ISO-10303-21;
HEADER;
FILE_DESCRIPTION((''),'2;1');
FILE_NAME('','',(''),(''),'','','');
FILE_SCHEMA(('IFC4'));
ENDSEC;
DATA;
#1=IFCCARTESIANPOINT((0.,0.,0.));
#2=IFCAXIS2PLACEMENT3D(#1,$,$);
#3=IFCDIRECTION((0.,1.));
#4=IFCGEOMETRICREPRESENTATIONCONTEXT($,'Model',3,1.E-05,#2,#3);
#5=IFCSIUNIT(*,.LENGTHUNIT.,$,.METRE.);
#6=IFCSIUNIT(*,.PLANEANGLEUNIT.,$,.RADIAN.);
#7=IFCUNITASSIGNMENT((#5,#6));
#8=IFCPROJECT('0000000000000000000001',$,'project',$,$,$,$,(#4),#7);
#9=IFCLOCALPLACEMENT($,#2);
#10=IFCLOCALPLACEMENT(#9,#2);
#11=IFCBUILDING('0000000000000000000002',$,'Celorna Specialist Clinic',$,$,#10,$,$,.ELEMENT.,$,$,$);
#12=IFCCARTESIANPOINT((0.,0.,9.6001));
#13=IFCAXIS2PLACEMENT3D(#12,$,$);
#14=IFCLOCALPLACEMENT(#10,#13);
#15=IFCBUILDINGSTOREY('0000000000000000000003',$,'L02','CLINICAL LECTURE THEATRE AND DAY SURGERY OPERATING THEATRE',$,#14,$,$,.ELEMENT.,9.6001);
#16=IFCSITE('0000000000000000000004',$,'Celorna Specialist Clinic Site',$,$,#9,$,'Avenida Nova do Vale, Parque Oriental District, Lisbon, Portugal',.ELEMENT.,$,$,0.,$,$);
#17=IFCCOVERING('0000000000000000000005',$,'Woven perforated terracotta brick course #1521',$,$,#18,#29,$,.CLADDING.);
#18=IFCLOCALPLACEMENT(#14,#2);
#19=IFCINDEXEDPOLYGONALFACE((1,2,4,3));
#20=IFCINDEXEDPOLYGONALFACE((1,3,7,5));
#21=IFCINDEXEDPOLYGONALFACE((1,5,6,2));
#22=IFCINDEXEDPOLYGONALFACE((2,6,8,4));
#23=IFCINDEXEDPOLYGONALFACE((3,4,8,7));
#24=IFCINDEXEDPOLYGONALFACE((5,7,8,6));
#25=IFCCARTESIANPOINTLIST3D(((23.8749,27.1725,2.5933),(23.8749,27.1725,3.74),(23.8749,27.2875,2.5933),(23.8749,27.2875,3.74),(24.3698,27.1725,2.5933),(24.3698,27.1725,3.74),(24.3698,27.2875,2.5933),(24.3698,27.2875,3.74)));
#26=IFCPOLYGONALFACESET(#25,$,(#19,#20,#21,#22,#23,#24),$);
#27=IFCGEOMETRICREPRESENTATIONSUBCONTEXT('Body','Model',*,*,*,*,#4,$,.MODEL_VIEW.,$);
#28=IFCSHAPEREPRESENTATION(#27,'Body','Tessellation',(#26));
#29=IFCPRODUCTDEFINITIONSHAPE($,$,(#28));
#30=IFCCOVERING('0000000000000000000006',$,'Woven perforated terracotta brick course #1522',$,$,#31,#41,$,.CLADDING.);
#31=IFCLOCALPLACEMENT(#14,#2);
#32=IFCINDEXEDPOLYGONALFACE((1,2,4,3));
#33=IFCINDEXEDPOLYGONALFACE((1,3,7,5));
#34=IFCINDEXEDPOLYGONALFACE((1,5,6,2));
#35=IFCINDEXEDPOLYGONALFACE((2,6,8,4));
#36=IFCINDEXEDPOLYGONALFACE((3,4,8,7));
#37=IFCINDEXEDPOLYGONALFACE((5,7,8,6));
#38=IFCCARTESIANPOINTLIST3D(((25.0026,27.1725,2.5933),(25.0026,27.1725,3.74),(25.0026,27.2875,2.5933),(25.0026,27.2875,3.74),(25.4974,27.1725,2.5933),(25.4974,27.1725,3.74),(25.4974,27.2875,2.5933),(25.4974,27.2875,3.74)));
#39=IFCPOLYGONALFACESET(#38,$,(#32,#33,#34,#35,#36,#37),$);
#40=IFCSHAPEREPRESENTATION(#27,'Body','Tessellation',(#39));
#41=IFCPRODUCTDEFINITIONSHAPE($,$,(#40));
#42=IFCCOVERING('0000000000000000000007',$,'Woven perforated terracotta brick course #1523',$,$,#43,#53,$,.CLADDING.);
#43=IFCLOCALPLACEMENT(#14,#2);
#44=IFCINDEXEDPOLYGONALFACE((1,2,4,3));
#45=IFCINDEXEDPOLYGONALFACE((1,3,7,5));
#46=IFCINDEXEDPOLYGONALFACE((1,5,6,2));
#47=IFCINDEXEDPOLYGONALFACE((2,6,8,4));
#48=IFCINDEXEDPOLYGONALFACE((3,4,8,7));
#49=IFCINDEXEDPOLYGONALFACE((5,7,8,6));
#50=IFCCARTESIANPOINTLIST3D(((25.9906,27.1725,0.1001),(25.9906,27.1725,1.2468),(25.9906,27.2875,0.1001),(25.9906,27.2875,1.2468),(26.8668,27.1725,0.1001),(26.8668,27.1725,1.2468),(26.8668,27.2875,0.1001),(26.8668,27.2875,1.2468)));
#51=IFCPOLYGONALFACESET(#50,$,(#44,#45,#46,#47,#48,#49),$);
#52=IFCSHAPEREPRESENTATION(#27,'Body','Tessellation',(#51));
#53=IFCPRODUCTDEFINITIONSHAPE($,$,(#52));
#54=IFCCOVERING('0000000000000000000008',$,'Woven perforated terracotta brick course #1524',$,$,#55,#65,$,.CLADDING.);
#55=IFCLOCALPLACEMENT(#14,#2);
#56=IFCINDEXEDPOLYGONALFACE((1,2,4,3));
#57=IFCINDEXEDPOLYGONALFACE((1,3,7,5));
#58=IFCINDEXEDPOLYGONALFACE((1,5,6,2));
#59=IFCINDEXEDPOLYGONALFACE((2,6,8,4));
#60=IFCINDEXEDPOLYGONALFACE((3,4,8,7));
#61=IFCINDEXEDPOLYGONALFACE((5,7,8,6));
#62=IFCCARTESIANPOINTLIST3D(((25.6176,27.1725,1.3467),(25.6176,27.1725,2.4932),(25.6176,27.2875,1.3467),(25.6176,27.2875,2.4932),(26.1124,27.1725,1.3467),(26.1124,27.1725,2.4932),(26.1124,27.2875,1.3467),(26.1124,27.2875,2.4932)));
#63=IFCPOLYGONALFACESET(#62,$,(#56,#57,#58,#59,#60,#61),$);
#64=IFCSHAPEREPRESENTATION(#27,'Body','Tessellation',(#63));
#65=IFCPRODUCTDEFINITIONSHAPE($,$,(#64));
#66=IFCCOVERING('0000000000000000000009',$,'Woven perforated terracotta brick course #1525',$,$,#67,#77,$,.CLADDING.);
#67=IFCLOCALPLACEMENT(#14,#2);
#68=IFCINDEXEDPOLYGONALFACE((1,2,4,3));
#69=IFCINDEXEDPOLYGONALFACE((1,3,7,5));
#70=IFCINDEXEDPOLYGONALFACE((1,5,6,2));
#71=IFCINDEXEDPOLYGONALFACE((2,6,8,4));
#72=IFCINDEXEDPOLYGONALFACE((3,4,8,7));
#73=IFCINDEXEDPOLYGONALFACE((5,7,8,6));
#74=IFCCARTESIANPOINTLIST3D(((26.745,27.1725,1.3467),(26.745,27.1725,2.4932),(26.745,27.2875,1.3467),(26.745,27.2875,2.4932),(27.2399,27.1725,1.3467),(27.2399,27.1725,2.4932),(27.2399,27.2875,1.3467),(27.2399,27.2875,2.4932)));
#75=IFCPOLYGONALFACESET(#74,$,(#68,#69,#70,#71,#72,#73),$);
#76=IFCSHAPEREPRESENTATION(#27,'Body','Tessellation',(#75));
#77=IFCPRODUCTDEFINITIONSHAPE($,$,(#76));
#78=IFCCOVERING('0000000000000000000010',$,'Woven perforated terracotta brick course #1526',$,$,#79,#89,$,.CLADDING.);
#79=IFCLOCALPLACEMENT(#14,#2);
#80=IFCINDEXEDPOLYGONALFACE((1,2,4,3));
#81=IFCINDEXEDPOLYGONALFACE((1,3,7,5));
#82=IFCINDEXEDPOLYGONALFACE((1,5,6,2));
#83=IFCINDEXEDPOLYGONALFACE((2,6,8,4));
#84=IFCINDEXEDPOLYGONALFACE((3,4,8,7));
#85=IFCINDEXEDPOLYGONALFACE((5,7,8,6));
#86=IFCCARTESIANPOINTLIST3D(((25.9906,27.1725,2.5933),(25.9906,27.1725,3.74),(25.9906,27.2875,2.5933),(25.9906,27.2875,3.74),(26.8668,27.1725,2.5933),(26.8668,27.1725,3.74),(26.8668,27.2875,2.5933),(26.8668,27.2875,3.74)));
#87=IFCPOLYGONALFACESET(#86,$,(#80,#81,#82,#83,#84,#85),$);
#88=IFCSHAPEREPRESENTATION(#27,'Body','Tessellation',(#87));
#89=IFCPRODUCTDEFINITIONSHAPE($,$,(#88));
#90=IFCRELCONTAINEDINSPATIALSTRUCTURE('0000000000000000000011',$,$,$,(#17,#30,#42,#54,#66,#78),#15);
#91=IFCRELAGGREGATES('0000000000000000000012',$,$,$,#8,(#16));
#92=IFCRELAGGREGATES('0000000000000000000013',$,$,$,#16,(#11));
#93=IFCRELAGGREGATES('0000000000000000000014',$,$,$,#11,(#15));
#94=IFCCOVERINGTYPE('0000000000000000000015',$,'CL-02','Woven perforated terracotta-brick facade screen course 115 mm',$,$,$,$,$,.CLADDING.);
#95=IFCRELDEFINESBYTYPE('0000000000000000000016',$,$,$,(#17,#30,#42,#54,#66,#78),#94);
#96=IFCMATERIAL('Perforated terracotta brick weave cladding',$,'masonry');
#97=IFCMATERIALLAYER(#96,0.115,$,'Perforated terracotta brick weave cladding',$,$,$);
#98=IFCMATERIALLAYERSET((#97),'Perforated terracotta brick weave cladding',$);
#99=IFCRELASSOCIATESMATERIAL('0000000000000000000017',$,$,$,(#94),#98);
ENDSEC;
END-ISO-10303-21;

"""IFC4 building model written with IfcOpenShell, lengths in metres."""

from ifc_helpers import new_model, si_unit, direction, frame, origin, origin_2d, place, context, subcontext, project, spatial, rectangle, extrude, material, layer, layer_set, type_object, element, save


model = new_model("IFC4")

# Units and contexts
model_context = context("Model", 3, precision=1e-05, world=origin(), true_north=direction((0.0, 1.0)))
body_context = subcontext(model_context, "Body", "Model", "MODEL_VIEW")
ifc_project = project(units=[si_unit("LENGTHUNIT", "METRE"), si_unit("PLANEANGLEUNIT", "RADIAN")], contexts=[model_context])

# Site, building, storey
site_placement = place(None, origin())
site = spatial("IfcSite", under=ifc_project, at=site_placement, Name="Celorna Specialist Clinic Site", LongName="Avenida Nova do Vale, Parque Oriental District, Lisbon, Portugal", CompositionType="ELEMENT", RefElevation=0.0)
building_placement = place(site_placement, origin())
building = spatial("IfcBuilding", under=site, at=building_placement, Name="Celorna Specialist Clinic", CompositionType="ELEMENT")
storey_placement = place(building_placement, frame((0.0, 0.0, 9.6001)))
storey = spatial("IfcBuildingStorey", under=building, at=storey_placement, Name="L02", Description="CLINICAL LECTURE THEATRE AND DAY SURGERY OPERATING THEATRE", CompositionType="ELEMENT", Elevation=9.6001)

# Coverings
ifc_material_1 = material(Name="Perforated terracotta brick weave cladding", Category="masonry")
ifc_layer_1 = layer(ifc_material_1, 0.115, Name="Perforated terracotta brick weave cladding")
ifc_layer_set_1 = layer_set([ifc_layer_1], Name="Perforated terracotta brick weave cladding")
covering_type = type_object("IfcCoveringType", Name="CL-02", Description="Woven perforated terracotta-brick facade screen course 115 mm", PredefinedType="CLADDING", material=ifc_layer_set_1)
for number, where, z_axis, x_axis, name in (
    (1, (24.1223, 27.23, 2.5933), (0.0, 0.0, 1.0), (1.0, 0.0, 0.0), "Woven perforated terracotta brick course #1521"),
    (2, (25.25, 27.23, 2.5933), (0.0, 0.0, 1.0), (1.0, 0.0, 0.0), "Woven perforated terracotta brick course #1522"),
):
    element("IfcCovering", number, at=place(storey_placement, frame(where, z_axis=z_axis, x_axis=x_axis)), inside=storey, type_object=covering_type, Name=name, PredefinedType="CLADDING", context=body_context, shape_type="SweptSolid", body=[
        extrude(rectangle(XDim=0.4949, YDim=0.115, at=origin_2d()), origin(), (0.0, 0.0, 1.0), 1.1467),
    ])
covering_1_placement = place(storey_placement, frame((26.4287, 27.23, 0.1001), z_axis=(0.0, 0.0, 1.0), x_axis=(1.0, 0.0, 0.0)))
element("IfcCovering", 3, at=covering_1_placement, inside=storey, type_object=covering_type, Name="Woven perforated terracotta brick course #1523", PredefinedType="CLADDING", context=body_context, shape_type="SweptSolid", body=[
    extrude(rectangle(XDim=0.8762, YDim=0.115, at=origin_2d()), origin(), (0.0, 0.0, 1.0), 1.1467),
])
for number, where, z_axis, x_axis, name in (
    (4, (25.865, 27.23, 1.3467), (0.0, 0.0, 1.0), (1.0, 0.0, 0.0), "Woven perforated terracotta brick course #1524"),
    (5, (26.9924, 27.23, 1.3467), (0.0, 0.0, 1.0), (1.0, 0.0, 0.0), "Woven perforated terracotta brick course #1525"),
):
    element("IfcCovering", number, at=place(storey_placement, frame(where, z_axis=z_axis, x_axis=x_axis)), inside=storey, type_object=covering_type, Name=name, PredefinedType="CLADDING", context=body_context, shape_type="SweptSolid", body=[
        extrude(rectangle(XDim=0.4949, YDim=0.115, at=origin_2d()), origin(), (0.0, 0.0, 1.0), 1.1465),
    ])
covering_2_placement = place(storey_placement, frame((26.4287, 27.23, 2.5933), z_axis=(0.0, 0.0, 1.0), x_axis=(1.0, 0.0, 0.0)))
element("IfcCovering", 6, at=covering_2_placement, inside=storey, type_object=covering_type, Name="Woven perforated terracotta brick course #1526", PredefinedType="CLADDING", context=body_context, shape_type="SweptSolid", body=[
    extrude(rectangle(XDim=0.8762, YDim=0.115, at=origin_2d()), origin(), (0.0, 0.0, 1.0), 1.1467),
])

save(model, "model.ifc")
